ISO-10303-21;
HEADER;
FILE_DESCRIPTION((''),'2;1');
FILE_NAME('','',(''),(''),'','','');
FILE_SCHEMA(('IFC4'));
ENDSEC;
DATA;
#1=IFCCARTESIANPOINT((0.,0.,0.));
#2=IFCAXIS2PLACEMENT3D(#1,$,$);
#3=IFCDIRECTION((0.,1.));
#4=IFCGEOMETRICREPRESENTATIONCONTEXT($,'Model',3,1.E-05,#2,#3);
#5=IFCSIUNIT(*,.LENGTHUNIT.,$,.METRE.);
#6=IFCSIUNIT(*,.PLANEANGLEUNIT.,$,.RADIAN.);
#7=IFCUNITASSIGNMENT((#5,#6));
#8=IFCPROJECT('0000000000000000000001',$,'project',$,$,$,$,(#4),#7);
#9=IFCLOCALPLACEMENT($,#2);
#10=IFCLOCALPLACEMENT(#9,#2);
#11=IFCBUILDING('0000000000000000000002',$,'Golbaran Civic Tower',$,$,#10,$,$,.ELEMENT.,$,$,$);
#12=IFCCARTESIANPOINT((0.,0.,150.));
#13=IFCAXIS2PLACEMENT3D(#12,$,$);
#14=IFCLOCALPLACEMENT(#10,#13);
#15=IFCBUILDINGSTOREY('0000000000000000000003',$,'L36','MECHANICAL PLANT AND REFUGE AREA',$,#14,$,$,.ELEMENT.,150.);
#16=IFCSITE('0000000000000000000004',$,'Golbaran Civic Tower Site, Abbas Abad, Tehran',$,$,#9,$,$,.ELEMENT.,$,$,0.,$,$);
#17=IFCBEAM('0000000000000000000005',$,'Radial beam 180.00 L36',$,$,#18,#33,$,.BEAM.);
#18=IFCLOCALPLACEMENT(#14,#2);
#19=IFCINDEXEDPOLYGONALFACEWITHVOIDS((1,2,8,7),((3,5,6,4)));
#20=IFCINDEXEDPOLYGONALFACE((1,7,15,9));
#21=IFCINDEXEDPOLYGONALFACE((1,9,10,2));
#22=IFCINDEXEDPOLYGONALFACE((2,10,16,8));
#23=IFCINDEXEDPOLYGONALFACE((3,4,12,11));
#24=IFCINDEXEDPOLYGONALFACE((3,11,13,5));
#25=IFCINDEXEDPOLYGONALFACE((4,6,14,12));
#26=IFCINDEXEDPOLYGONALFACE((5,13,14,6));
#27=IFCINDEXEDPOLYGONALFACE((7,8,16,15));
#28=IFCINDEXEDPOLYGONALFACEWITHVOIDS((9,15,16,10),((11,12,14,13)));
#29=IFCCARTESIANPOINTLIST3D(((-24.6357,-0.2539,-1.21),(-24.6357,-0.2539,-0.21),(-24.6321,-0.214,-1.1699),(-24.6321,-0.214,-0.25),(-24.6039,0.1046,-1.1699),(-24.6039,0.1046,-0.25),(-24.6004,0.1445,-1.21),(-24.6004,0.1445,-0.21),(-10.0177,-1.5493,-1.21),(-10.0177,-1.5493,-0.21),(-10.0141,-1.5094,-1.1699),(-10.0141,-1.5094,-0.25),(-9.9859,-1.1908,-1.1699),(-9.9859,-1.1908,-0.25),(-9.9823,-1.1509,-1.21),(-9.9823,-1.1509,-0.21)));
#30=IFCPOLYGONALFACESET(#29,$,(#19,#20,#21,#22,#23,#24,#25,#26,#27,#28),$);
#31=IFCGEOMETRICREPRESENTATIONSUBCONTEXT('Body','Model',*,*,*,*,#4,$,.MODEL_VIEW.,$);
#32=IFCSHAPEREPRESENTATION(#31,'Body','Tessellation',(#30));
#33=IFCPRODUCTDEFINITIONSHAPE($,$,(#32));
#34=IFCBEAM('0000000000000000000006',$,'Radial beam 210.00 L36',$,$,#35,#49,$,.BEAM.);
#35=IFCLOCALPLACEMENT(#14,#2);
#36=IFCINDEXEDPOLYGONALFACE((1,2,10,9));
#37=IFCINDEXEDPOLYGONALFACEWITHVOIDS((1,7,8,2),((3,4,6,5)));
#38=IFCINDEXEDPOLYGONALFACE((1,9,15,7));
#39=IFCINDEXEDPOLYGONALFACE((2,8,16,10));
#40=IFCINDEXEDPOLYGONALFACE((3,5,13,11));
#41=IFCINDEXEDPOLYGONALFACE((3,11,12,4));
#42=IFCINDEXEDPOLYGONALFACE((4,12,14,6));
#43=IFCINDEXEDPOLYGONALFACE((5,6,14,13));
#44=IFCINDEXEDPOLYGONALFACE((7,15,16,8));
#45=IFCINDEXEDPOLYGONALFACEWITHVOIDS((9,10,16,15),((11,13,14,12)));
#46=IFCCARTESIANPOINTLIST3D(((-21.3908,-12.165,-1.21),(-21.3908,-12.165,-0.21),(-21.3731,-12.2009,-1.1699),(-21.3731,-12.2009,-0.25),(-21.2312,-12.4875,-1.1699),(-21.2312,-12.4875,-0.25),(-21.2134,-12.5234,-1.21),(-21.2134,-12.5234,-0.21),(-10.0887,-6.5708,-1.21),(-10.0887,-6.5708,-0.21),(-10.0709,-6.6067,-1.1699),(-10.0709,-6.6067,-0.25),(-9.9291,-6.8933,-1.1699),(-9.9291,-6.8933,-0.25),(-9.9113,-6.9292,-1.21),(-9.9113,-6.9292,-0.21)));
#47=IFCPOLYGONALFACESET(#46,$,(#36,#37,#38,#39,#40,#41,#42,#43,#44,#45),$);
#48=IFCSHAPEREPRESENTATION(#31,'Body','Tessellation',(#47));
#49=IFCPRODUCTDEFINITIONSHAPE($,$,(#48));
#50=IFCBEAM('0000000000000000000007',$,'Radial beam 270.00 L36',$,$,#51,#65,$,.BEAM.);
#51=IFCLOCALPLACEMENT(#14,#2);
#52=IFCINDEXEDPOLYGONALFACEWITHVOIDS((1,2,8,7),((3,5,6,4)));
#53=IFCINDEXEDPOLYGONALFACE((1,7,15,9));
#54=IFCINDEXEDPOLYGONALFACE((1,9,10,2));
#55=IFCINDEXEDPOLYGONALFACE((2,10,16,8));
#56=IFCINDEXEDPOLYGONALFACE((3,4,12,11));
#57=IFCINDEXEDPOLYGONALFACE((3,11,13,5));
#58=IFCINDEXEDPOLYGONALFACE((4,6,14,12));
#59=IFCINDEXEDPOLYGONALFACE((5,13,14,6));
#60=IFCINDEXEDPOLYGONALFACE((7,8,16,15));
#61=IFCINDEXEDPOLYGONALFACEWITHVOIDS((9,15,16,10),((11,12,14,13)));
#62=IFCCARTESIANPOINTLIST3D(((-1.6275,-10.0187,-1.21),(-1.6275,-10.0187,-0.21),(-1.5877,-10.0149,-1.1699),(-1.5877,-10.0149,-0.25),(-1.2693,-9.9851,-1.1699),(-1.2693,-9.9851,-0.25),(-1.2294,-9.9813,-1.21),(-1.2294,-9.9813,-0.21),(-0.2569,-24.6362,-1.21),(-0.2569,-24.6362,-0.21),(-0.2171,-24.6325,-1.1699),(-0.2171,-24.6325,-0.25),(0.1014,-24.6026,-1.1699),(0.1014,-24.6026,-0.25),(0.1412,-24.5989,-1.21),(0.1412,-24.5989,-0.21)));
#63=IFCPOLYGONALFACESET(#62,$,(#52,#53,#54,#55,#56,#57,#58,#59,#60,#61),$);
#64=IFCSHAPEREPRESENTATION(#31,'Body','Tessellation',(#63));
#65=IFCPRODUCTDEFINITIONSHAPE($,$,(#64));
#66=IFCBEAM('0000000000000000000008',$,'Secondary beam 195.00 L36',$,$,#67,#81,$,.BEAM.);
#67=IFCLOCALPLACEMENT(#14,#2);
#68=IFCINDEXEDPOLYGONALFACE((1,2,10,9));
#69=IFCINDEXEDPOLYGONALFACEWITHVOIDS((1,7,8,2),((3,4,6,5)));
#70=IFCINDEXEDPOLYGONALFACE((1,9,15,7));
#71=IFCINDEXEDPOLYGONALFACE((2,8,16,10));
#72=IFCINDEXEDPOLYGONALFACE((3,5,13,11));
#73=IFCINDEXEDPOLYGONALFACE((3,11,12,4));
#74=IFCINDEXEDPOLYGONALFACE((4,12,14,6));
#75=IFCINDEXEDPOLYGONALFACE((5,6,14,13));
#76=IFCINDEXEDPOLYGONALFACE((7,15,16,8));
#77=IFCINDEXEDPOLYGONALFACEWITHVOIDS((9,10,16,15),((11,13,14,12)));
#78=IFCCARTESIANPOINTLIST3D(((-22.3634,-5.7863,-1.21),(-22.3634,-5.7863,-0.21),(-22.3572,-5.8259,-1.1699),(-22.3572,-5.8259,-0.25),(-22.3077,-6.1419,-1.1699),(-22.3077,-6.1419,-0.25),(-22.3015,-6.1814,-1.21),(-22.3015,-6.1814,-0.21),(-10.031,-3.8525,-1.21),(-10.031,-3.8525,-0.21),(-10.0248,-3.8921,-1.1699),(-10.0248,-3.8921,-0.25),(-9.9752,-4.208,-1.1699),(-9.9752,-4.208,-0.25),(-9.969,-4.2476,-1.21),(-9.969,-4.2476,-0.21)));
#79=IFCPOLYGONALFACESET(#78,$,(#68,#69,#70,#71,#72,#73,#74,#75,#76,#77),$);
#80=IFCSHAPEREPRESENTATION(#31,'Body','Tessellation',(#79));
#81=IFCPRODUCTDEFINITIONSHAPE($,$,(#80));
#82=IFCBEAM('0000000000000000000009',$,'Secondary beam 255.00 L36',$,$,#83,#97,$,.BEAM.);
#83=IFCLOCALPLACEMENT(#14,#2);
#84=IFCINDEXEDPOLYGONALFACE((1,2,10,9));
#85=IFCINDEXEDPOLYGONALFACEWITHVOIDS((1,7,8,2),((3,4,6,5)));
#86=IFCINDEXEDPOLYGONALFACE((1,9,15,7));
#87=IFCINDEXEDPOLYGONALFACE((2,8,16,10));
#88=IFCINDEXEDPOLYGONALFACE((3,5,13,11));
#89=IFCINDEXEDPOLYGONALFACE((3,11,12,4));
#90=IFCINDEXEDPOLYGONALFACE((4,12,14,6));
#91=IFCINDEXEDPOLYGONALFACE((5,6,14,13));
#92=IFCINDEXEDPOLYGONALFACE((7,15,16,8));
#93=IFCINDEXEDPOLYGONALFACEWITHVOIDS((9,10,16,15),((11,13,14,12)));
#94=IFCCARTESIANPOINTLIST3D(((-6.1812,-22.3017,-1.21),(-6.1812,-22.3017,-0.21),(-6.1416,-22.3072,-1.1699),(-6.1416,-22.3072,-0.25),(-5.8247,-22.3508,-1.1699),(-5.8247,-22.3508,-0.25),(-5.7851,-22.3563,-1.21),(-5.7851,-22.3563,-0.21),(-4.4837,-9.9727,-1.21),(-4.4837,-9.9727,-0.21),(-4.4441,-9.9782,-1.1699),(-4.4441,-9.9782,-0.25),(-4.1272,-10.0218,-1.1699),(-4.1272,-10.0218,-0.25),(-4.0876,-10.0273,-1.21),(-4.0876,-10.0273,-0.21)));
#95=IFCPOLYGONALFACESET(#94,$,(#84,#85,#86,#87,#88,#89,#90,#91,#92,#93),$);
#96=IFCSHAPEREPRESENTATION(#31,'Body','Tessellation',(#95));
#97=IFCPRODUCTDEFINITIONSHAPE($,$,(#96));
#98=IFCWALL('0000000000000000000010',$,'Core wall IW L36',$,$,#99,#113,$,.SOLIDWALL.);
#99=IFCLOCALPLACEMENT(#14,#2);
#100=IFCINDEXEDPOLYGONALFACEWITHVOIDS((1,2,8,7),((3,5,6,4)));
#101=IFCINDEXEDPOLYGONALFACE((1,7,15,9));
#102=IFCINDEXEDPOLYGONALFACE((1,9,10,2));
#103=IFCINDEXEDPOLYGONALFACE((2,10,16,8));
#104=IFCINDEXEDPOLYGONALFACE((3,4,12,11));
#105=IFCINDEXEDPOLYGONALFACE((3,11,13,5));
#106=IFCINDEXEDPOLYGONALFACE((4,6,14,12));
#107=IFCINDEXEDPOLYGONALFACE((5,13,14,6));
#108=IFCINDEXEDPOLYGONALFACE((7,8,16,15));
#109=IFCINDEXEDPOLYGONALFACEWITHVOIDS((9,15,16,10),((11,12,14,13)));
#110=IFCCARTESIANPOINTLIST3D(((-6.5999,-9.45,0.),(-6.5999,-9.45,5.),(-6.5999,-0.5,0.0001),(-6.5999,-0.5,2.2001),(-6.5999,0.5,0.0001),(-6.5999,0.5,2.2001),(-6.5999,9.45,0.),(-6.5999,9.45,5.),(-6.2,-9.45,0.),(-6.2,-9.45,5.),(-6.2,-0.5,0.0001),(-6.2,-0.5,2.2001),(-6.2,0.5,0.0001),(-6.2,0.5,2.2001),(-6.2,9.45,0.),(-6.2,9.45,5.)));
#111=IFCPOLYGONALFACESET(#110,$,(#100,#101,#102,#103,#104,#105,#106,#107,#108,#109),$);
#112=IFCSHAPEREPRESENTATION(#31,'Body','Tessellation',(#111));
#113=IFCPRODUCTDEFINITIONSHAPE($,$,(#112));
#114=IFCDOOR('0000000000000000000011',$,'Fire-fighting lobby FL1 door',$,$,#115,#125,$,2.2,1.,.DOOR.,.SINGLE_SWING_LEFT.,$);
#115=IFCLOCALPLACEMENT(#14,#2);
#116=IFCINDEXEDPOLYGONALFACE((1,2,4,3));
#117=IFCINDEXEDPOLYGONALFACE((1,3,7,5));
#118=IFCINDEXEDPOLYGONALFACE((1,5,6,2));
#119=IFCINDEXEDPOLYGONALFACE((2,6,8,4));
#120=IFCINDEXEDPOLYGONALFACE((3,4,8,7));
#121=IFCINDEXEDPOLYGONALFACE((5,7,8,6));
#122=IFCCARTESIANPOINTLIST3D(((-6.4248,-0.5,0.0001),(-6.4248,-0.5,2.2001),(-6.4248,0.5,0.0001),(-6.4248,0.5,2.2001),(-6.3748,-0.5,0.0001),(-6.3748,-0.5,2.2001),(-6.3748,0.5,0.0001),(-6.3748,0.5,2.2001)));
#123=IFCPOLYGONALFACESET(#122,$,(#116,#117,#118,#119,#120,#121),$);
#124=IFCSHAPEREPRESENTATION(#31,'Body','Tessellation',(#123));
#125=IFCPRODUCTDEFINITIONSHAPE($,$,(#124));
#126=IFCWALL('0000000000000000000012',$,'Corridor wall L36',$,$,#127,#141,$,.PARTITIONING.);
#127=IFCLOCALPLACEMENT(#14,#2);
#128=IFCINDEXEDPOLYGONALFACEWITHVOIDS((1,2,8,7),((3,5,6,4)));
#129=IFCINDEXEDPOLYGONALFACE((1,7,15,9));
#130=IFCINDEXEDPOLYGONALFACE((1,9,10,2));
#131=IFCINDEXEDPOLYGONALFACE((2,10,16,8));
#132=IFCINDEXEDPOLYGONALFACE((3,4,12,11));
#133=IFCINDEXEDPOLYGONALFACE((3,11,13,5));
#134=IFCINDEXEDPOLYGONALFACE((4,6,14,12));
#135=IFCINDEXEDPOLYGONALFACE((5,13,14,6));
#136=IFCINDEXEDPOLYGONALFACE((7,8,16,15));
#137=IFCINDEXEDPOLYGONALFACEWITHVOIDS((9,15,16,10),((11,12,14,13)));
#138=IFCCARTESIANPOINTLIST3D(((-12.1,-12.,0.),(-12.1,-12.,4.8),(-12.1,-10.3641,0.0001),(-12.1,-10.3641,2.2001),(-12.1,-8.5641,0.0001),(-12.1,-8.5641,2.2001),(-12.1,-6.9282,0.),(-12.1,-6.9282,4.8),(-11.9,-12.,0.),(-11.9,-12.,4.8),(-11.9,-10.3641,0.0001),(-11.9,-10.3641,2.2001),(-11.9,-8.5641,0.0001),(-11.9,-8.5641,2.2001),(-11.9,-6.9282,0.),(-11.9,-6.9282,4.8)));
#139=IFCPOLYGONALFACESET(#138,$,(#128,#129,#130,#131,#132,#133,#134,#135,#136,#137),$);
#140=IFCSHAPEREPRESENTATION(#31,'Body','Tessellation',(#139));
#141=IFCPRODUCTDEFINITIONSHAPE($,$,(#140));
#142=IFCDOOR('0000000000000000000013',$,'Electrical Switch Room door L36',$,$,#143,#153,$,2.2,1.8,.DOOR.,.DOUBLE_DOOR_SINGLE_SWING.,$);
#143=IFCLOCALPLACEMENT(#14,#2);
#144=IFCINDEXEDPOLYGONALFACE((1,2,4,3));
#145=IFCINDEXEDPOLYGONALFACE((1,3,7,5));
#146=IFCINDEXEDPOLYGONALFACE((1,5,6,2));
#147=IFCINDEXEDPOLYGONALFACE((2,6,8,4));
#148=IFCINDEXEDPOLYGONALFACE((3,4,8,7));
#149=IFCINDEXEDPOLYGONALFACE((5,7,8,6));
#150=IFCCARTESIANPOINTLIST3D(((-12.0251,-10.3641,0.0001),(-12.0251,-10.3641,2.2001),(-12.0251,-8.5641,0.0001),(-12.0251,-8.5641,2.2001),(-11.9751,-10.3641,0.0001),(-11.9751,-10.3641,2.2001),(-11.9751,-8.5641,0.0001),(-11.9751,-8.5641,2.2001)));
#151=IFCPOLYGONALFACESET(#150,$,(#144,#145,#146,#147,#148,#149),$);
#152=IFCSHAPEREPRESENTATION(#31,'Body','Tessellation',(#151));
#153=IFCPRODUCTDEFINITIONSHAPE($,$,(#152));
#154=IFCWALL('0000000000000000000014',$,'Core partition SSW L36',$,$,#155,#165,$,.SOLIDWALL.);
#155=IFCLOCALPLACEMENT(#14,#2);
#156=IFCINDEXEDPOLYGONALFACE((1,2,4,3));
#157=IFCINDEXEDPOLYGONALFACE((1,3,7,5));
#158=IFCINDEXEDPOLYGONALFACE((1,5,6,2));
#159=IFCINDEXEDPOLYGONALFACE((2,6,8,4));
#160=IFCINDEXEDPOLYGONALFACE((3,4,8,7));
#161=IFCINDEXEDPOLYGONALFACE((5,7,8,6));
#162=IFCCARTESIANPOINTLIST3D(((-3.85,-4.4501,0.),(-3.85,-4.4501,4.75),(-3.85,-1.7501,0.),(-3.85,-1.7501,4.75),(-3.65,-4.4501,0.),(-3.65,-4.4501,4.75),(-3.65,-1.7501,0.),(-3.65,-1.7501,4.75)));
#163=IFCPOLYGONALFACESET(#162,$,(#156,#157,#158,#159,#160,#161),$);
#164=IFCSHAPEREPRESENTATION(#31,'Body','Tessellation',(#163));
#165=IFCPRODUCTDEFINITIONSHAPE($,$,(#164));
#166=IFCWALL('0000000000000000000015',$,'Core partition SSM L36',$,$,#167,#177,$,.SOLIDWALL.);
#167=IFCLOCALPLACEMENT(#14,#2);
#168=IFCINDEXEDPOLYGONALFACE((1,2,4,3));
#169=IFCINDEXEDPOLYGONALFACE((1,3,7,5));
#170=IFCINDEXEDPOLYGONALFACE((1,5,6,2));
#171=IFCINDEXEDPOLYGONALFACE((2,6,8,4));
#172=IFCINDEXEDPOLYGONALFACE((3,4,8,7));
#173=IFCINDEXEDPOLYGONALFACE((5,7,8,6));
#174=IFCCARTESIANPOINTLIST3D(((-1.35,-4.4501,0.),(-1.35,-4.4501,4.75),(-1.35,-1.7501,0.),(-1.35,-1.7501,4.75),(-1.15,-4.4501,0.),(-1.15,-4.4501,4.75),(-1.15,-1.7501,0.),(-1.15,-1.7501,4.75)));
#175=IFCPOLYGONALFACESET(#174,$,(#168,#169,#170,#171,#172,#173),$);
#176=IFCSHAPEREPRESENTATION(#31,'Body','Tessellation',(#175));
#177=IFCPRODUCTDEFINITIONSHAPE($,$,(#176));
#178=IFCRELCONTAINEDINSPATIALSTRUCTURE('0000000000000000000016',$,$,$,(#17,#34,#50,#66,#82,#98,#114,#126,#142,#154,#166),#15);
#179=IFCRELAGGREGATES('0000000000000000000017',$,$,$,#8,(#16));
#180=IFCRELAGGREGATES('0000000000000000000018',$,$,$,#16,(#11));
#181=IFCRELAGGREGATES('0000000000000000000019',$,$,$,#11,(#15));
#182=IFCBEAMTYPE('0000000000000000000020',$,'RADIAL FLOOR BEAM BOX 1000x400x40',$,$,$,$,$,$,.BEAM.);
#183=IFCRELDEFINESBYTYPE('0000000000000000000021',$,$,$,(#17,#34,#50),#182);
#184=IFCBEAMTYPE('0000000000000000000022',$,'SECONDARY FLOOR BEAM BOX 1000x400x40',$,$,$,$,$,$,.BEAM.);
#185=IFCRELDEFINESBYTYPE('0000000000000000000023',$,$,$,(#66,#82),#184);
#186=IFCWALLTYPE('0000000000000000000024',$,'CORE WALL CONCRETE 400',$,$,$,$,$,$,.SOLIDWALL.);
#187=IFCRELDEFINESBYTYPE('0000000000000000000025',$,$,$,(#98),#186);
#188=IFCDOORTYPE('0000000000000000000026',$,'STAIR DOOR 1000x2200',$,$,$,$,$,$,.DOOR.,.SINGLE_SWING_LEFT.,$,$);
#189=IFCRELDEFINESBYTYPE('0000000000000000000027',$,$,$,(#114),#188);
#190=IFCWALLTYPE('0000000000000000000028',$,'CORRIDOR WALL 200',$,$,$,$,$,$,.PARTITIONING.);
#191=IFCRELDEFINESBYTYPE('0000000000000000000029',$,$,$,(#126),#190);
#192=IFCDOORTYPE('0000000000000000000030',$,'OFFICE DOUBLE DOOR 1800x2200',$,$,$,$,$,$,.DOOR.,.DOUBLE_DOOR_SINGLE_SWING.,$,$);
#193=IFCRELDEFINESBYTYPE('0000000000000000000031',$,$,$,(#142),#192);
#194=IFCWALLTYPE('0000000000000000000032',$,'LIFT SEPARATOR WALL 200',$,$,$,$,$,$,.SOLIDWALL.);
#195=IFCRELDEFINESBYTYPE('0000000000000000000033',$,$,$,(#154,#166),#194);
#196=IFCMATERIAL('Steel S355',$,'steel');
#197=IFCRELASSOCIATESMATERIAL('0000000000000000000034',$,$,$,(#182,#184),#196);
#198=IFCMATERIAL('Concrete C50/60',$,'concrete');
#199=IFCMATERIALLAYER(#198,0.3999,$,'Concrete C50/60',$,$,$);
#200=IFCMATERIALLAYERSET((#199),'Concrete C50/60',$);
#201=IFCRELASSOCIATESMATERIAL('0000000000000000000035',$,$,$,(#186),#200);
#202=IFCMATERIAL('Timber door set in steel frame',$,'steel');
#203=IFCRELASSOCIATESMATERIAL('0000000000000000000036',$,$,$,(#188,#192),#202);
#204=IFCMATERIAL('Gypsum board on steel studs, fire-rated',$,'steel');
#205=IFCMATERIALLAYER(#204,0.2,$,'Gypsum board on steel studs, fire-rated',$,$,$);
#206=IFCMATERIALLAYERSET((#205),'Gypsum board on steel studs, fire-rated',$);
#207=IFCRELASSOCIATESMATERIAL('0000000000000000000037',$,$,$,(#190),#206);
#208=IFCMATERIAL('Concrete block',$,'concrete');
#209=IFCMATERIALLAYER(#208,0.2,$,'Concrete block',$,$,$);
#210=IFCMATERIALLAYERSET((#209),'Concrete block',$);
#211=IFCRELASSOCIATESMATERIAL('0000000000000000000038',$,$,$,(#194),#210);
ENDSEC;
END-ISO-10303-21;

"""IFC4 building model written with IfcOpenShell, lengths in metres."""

from ifc_helpers import new_model, si_unit, direction, frame, frame_2d, origin, origin_2d, place, context, subcontext, project, spatial, rectangle, hollow_rectangle, extrude, material, layer, layer_set, material_profile, profile_set, type_object, element, fill, save


model = new_model("IFC4")

# Units and contexts
model_context = context("Model", 3, precision=1e-05, world=origin(), true_north=direction((0.0, 1.0)))
body_context = subcontext(model_context, "Body", "Model", "MODEL_VIEW")
ifc_project = project(units=[si_unit("LENGTHUNIT", "METRE"), si_unit("PLANEANGLEUNIT", "RADIAN")], contexts=[model_context])

# Site, building, storey
site_placement = place(None, origin())
site = spatial("IfcSite", under=ifc_project, at=site_placement, Name="Golbaran Civic Tower Site, Abbas Abad, Tehran", CompositionType="ELEMENT", RefElevation=0.0)
building_placement = place(site_placement, origin())
building = spatial("IfcBuilding", under=site, at=building_placement, Name="Golbaran Civic Tower", CompositionType="ELEMENT")
storey_placement = place(building_placement, frame((0.0, 0.0, 150.0)))
storey = spatial("IfcBuildingStorey", under=building, at=storey_placement, Name="L36", Description="MECHANICAL PLANT AND REFUGE AREA", CompositionType="ELEMENT", Elevation=150.0)

# Beams
ifc_material_1 = material(Name="Steel S355", Category="steel")
ifc_material_profile_1 = material_profile(ifc_material_1, hollow_rectangle(XDim=0.3999, YDim=1.0, WallThickness=0.04, at=origin_2d()), Name="BOX 1000x400x40")
ifc_profile_set_1 = profile_set([ifc_material_profile_1], Name="Steel S355")
beam_type_1 = type_object("IfcBeamType", Name="RADIAL FLOOR BEAM BOX 1000x400x40", PredefinedType="BEAM", material=ifc_profile_set_1)
beam_1_placement = place(storey_placement, frame((-10.0, -1.3501, -0.71), z_axis=(-0.996096, 0.088272, 0.0), x_axis=(-0.088272, -0.996096, 0.0)))
element("IfcBeam", 1, at=beam_1_placement, inside=storey, type_object=beam_type_1, Name="Radial beam 180.00 L36", PredefinedType="BEAM", context=body_context, shape_type="SweptSolid", body=[
    extrude(hollow_rectangle(XDim=0.3999, YDim=1.0, WallThickness=0.04, at=origin_2d()), origin(), (0.0, 0.0, 1.0), 14.6753),
])
beam_2_placement = place(storey_placement, frame((-10.0, -6.75, -0.71), z_axis=(-0.896224, -0.443601, 0.0), x_axis=(0.443601, -0.896224, 0.0)))
element("IfcBeam", 2, at=beam_2_placement, inside=storey, type_object=beam_type_1, Name="Radial beam 210.00 L36", PredefinedType="BEAM", context=body_context, shape_type="SweptSolid", body=[
    extrude(hollow_rectangle(XDim=0.3999, YDim=1.0, WallThickness=0.04, at=origin_2d()), origin(), (0.0, 0.0, 1.0), 12.6108),
])
beam_3_placement = place(storey_placement, frame((-1.4285, -10.0, -0.71), z_axis=(0.093356, -0.995633, 0.0), x_axis=(0.995633, 0.093356, 0.0)))
element("IfcBeam", 3, at=beam_3_placement, inside=storey, type_object=beam_type_1, Name="Radial beam 270.00 L36", PredefinedType="BEAM", context=body_context, shape_type="SweptSolid", body=[
    extrude(hollow_rectangle(XDim=0.3999, YDim=1.0, WallThickness=0.04, at=origin_2d()), origin(), (0.0, 0.0, 1.0), 14.6816),
])
ifc_material_profile_2 = material_profile(ifc_material_1, hollow_rectangle(XDim=0.3999, YDim=1.0, WallThickness=0.04, at=origin_2d()), Name="BOX 1000x400x40")
ifc_profile_set_2 = profile_set([ifc_material_profile_2], Name="Steel S355")
beam_type_2 = type_object("IfcBeamType", Name="SECONDARY FLOOR BEAM BOX 1000x400x40", PredefinedType="BEAM", material=ifc_profile_set_2)
beam_4_placement = place(storey_placement, frame((-10.0, -4.05, -0.71), z_axis=(-0.987928, -0.154915, 0.0), x_axis=(0.154915, -0.987928, 0.0)))
element("IfcBeam", 4, at=beam_4_placement, inside=storey, type_object=beam_type_2, Name="Secondary beam 195.00 L36", PredefinedType="BEAM", context=body_context, shape_type="SweptSolid", body=[
    extrude(hollow_rectangle(XDim=0.3999, YDim=1.0, WallThickness=0.04, at=origin_2d()), origin(), (0.0, 0.0, 1.0), 12.4832),
])
beam_5_placement = place(storey_placement, frame((-4.2856, -10.0, -0.71), z_axis=(-0.136396, -0.990654, 0.0), x_axis=(0.990654, -0.136396, 0.0)))
element("IfcBeam", 5, at=beam_5_placement, inside=storey, type_object=beam_type_2, Name="Secondary beam 255.00 L36", PredefinedType="BEAM", context=body_context, shape_type="SweptSolid", body=[
    extrude(hollow_rectangle(XDim=0.3999, YDim=1.0, WallThickness=0.04, at=origin_2d()), origin(), (0.0, 0.0, 1.0), 12.4453),
])

# Walls, openings, doors
ifc_material_2 = material(Name="Concrete C50/60", Category="concrete")
ifc_layer_1 = layer(ifc_material_2, 0.3999, Name="Concrete C50/60")
ifc_layer_set_1 = layer_set([ifc_layer_1], Name="Concrete C50/60")
wall_type_1 = type_object("IfcWallType", Name="CORE WALL CONCRETE 400", PredefinedType="SOLIDWALL", material=ifc_layer_set_1)
wall_1_placement = place(storey_placement, frame((-6.3999, -9.45, 0.0), z_axis=(0.0, 0.0, 1.0), x_axis=(0.0, 1.0, 0.0)))
wall_1 = element("IfcWall", 6, at=wall_1_placement, inside=storey, type_object=wall_type_1, Name="Core wall IW L36", PredefinedType="SOLIDWALL", context=body_context, shape_type="SweptSolid", body=[
    extrude(rectangle(XDim=18.8999, YDim=0.3999, at=frame_2d((9.45, 0.0))), origin(), (0.0, 0.0, 1.0), 5.0),
])
opening_1_placement = place(wall_1_placement, frame((8.95, 0.0, 0.0)))
opening_1 = element("IfcOpeningElement", 7, at=opening_1_placement, cuts=wall_1, PredefinedType="OPENING", context=body_context, shape_type="SweptSolid", body=[
    extrude(rectangle(XDim=1.0, YDim=2.2, at=frame_2d((0.5, 1.1001))), frame((0.0, 0.21, 0.0), z_axis=(0.0, -1.0, 0.0), x_axis=(1.0, 0.0, 0.0)), (0.0, 0.0, 1.0), 0.4199),
])
ifc_material_3 = material(Name="Timber door set in steel frame", Category="steel")
door_type_1 = type_object("IfcDoorType", Name="STAIR DOOR 1000x2200", OperationType="SINGLE_SWING_LEFT", PredefinedType="DOOR", material=ifc_material_3)
door_1_placement = place(opening_1_placement, origin())
door_1 = element("IfcDoor", 8, at=door_1_placement, inside=storey, type_object=door_type_1, Name="Fire-fighting lobby FL1 door", OperationType="SINGLE_SWING_LEFT", OverallHeight=2.2, OverallWidth=1.0, PredefinedType="DOOR", context=body_context, shape_type="SweptSolid", body=[
    extrude(rectangle(XDim=1.0, YDim=2.2, at=frame_2d((0.5, 1.1001))), frame((0.0, 0.0249, 0.0), z_axis=(0.0, -1.0, 0.0), x_axis=(1.0, 0.0, 0.0)), (0.0, 0.0, 1.0), 0.05),
])
fill(opening_1, door_1)
ifc_material_4 = material(Name="Gypsum board on steel studs, fire-rated", Category="steel")
ifc_layer_2 = layer(ifc_material_4, 0.2, Name="Gypsum board on steel studs, fire-rated")
ifc_layer_set_2 = layer_set([ifc_layer_2], Name="Gypsum board on steel studs, fire-rated")
wall_type_2 = type_object("IfcWallType", Name="CORRIDOR WALL 200", PredefinedType="PARTITIONING", material=ifc_layer_set_2)
wall_2_placement = place(storey_placement, frame((-12.0, -6.9282, 0.0), z_axis=(0.0, 0.0, 1.0), x_axis=(0.0, -1.0, 0.0)))
wall_2 = element("IfcWall", 9, at=wall_2_placement, inside=storey, type_object=wall_type_2, Name="Corridor wall L36", PredefinedType="PARTITIONING", context=body_context, shape_type="SweptSolid", body=[
    extrude(rectangle(XDim=5.0718, YDim=0.2, at=frame_2d((2.5359, 0.0))), origin(), (0.0, 0.0, 1.0), 4.8),
])
opening_2_placement = place(wall_2_placement, frame((1.636, 0.0, 0.0)))
opening_2 = element("IfcOpeningElement", 10, at=opening_2_placement, cuts=wall_2, PredefinedType="OPENING", context=body_context, shape_type="SweptSolid", body=[
    extrude(rectangle(XDim=1.8, YDim=2.2, at=frame_2d((0.8999, 1.1001))), frame((0.0, 0.1099, 0.0), z_axis=(0.0, -1.0, 0.0), x_axis=(1.0, 0.0, 0.0)), (0.0, 0.0, 1.0), 0.22),
])
door_type_2 = type_object("IfcDoorType", Name="OFFICE DOUBLE DOOR 1800x2200", OperationType="DOUBLE_DOOR_SINGLE_SWING", PredefinedType="DOOR", material=ifc_material_3)
door_2_placement = place(opening_2_placement, origin())
door_2 = element("IfcDoor", 11, at=door_2_placement, inside=storey, type_object=door_type_2, Name="Electrical Switch Room door L36", OperationType="DOUBLE_DOOR_SINGLE_SWING", OverallHeight=2.2, OverallWidth=1.8, PredefinedType="DOOR", context=body_context, shape_type="SweptSolid", body=[
    extrude(rectangle(XDim=1.8, YDim=2.2, at=frame_2d((0.8999, 1.1001))), frame((0.0, 0.0249, 0.0), z_axis=(0.0, -1.0, 0.0), x_axis=(1.0, 0.0, 0.0)), (0.0, 0.0, 1.0), 0.05),
])
fill(opening_2, door_2)

# Walls
ifc_material_5 = material(Name="Concrete block", Category="concrete")
ifc_layer_3 = layer(ifc_material_5, 0.2, Name="Concrete block")
ifc_layer_set_3 = layer_set([ifc_layer_3], Name="Concrete block")
wall_type_3 = type_object("IfcWallType", Name="LIFT SEPARATOR WALL 200", PredefinedType="SOLIDWALL", material=ifc_layer_set_3)
for number, where, z_axis, x_axis, name in (
    (12, (-3.75, -1.75, 0.0), (0.0, 0.0, 1.0), (0.0, -1.0, 0.0), "Core partition SSW L36"),
    (13, (-1.25, -1.75, 0.0), (0.0, 0.0, 1.0), (0.0, -1.0, 0.0), "Core partition SSM L36"),
):
    element("IfcWall", number, at=place(storey_placement, frame(where, z_axis=z_axis, x_axis=x_axis)), inside=storey, type_object=wall_type_3, Name=name, PredefinedType="SOLIDWALL", context=body_context, shape_type="SweptSolid", body=[
        extrude(rectangle(XDim=2.7, YDim=0.2, at=frame_2d((1.3501, 0.0))), origin(), (0.0, 0.0, 1.0), 4.75),
    ])

save(model, "model.ifc")
